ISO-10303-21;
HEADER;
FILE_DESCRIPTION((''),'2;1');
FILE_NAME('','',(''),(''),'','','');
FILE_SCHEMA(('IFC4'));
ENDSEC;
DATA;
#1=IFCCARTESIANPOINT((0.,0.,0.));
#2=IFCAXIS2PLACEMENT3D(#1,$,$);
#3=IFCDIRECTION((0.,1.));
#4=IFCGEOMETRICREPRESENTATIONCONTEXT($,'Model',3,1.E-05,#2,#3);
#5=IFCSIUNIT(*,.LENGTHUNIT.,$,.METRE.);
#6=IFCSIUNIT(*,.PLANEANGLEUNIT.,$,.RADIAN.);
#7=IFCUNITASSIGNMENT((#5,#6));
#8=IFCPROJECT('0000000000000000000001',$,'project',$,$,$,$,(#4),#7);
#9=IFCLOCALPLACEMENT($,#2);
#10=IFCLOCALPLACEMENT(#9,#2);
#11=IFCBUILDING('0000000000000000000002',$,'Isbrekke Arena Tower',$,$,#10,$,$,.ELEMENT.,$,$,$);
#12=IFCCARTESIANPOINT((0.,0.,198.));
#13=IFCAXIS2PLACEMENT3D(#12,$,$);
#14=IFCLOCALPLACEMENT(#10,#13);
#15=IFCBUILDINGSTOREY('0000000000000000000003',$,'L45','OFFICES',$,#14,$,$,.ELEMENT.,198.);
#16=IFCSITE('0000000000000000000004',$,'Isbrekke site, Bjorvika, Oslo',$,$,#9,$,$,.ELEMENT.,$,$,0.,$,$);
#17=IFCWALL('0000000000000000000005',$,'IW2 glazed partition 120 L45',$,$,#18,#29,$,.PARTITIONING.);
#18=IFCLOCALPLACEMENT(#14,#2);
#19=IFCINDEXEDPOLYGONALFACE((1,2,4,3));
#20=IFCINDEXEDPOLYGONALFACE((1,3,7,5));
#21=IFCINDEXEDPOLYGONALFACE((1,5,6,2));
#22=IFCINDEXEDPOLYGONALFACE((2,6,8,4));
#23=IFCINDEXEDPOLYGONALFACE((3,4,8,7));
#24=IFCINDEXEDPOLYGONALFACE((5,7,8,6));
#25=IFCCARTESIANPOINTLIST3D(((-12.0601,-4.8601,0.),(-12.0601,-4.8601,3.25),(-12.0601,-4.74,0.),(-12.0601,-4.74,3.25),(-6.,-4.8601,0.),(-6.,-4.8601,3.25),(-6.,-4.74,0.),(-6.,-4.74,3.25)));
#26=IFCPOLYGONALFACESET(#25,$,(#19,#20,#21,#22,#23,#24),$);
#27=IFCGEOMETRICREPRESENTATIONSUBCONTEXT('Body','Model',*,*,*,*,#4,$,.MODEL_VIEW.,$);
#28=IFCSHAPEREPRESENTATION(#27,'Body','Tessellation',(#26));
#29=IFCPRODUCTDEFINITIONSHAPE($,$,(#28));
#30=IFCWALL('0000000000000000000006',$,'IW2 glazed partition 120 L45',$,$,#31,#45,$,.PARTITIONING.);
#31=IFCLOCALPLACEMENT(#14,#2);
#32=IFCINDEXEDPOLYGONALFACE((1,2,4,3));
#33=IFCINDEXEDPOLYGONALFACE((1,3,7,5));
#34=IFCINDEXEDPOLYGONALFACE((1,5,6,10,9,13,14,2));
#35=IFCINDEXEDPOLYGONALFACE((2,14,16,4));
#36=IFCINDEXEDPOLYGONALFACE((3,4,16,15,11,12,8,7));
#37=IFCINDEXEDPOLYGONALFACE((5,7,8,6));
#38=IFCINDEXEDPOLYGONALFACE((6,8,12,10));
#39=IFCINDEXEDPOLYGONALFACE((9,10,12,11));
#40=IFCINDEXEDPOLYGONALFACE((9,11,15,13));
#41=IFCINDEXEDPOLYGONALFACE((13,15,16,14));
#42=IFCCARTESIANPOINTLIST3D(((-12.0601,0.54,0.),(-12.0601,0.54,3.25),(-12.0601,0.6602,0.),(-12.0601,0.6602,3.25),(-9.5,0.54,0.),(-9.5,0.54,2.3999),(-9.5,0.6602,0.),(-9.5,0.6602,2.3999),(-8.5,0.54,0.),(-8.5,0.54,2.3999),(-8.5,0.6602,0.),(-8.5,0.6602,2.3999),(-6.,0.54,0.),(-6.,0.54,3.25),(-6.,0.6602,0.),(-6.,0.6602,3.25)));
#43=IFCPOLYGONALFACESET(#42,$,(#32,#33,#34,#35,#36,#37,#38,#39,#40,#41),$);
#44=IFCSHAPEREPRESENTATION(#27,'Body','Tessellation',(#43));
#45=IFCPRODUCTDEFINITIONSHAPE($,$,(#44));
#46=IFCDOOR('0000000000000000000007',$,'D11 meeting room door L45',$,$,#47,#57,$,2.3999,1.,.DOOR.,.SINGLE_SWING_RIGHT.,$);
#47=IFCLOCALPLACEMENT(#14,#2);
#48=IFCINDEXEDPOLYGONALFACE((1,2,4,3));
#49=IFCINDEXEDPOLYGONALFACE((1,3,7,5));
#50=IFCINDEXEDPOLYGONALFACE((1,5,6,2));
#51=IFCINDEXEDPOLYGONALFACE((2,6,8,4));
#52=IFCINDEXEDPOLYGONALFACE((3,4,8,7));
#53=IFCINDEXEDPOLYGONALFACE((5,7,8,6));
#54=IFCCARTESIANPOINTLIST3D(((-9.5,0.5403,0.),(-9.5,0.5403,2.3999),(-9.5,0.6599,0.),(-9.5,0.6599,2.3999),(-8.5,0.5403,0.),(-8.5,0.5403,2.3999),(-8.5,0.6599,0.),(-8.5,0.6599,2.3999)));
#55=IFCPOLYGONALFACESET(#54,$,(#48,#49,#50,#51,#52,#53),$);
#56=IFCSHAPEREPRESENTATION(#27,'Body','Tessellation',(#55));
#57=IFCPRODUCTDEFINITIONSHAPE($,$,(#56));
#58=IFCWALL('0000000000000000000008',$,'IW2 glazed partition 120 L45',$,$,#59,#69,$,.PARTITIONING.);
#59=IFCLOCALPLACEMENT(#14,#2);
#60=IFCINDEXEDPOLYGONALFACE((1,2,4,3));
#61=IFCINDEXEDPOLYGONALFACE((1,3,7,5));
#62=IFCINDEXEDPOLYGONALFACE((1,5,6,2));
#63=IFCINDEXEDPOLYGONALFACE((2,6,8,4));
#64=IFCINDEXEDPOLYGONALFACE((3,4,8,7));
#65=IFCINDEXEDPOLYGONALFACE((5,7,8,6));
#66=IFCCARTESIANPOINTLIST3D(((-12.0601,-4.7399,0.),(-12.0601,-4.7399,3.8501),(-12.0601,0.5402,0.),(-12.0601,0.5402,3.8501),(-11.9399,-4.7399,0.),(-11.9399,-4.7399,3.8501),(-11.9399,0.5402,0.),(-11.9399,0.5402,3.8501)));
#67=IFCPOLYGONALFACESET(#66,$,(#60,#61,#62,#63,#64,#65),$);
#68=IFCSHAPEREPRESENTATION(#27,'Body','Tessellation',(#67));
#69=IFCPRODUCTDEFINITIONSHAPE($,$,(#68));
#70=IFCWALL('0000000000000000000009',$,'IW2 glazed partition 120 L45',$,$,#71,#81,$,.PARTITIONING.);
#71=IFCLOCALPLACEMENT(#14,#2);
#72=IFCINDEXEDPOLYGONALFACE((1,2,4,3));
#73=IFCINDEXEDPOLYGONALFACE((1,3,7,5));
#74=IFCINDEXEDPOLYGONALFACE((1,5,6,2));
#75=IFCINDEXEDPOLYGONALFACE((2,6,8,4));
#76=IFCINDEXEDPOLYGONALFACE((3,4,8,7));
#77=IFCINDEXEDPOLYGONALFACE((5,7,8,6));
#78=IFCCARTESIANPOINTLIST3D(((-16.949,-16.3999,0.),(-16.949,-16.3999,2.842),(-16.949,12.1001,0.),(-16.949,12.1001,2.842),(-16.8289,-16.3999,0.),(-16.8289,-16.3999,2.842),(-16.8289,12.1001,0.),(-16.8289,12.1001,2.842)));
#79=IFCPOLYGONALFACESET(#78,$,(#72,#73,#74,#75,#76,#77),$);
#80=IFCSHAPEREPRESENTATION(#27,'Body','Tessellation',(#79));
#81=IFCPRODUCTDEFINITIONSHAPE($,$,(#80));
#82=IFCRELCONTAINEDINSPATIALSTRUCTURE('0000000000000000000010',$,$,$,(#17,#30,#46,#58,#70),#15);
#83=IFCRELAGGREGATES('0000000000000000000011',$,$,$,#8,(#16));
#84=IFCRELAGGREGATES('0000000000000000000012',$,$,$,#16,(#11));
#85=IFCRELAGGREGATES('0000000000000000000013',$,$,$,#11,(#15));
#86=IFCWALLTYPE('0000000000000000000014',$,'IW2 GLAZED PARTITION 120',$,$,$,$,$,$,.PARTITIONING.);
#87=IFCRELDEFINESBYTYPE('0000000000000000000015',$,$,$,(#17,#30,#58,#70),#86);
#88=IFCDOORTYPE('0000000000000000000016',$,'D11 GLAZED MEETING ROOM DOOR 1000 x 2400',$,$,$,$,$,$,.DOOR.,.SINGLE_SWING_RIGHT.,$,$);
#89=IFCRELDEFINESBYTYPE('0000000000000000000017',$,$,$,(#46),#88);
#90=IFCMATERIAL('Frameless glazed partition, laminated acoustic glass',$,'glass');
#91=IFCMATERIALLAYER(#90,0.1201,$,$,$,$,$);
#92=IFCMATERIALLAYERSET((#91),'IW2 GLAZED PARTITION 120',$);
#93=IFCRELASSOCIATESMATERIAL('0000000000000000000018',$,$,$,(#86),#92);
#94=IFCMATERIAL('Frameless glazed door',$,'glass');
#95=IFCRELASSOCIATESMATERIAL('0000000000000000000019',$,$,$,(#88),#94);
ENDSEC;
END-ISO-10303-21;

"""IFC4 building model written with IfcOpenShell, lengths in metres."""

from ifc_helpers import new_model, si_unit, direction, frame, frame_2d, origin, place, context, subcontext, project, spatial, rectangle, extrude, material, layer, layer_set, type_object, element, fill, save


model = new_model("IFC4")

# Units and contexts
model_context = context("Model", 3, precision=1e-05, world=origin(), true_north=direction((0.0, 1.0)))
body_context = subcontext(model_context, "Body", "Model", "MODEL_VIEW")
ifc_project = project(units=[si_unit("LENGTHUNIT", "METRE"), si_unit("PLANEANGLEUNIT", "RADIAN")], contexts=[model_context])

# Site, building, storey
site_placement = place(None, origin())
site = spatial("IfcSite", under=ifc_project, at=site_placement, Name="Isbrekke site, Bjorvika, Oslo", CompositionType="ELEMENT", RefElevation=0.0)
building_placement = place(site_placement, origin())
building = spatial("IfcBuilding", under=site, at=building_placement, Name="Isbrekke Arena Tower", CompositionType="ELEMENT")
storey_placement = place(building_placement, frame((0.0, 0.0, 198.0)))
storey = spatial("IfcBuildingStorey", under=building, at=storey_placement, Name="L45", Description="OFFICES", CompositionType="ELEMENT", Elevation=198.0)

# Wall
ifc_material_1 = material(Name="Frameless glazed partition, laminated acoustic glass", Category="glass")
ifc_layer_1 = layer(ifc_material_1, 0.1201)
ifc_layer_set_1 = layer_set([ifc_layer_1], Name="IW2 GLAZED PARTITION 120")
wall_type = type_object("IfcWallType", Name="IW2 GLAZED PARTITION 120", PredefinedType="PARTITIONING", material=ifc_layer_set_1)
wall_1_placement = place(storey_placement, frame((-12.0601, -4.8, 0.0), z_axis=(0.0, 0.0, 1.0), x_axis=(1.0, 0.0, 0.0)))
element("IfcWall", 1, at=wall_1_placement, inside=storey, type_object=wall_type, Name="IW2 glazed partition 120 L45", PredefinedType="PARTITIONING", context=body_context, shape_type="SweptSolid", body=[
    extrude(rectangle(XDim=6.0601, YDim=0.1201, at=frame_2d((3.03, 0.0))), origin(), (0.0, 0.0, 1.0), 3.25),
])

# Wall, opening, door
wall_2_placement = place(storey_placement, frame((-12.0601, 0.6001, 0.0), z_axis=(0.0, 0.0, 1.0), x_axis=(1.0, 0.0, 0.0)))
wall_2 = element("IfcWall", 2, at=wall_2_placement, inside=storey, type_object=wall_type, Name="IW2 glazed partition 120 L45", PredefinedType="PARTITIONING", context=body_context, shape_type="SweptSolid", body=[
    extrude(rectangle(XDim=6.0601, YDim=0.1201, at=frame_2d((3.03, 0.0))), origin(), (0.0, 0.0, 1.0), 3.25),
])
opening_placement = place(wall_2_placement, frame((2.5601, 0.0, 0.0)))
opening = element("IfcOpeningElement", 3, at=opening_placement, cuts=wall_2, PredefinedType="OPENING", context=body_context, shape_type="SweptSolid", body=[
    extrude(rectangle(XDim=1.0, YDim=2.3999, at=frame_2d((0.5, 1.2))), frame((0.0, 0.075, 0.0), z_axis=(0.0, -1.0, 0.0), x_axis=(1.0, 0.0, 0.0)), (0.0, 0.0, 1.0), 0.1499),
])
ifc_material_2 = material(Name="Frameless glazed door", Category="glass")
door_type = type_object("IfcDoorType", Name="D11 GLAZED MEETING ROOM DOOR 1000 x 2400", OperationType="SINGLE_SWING_RIGHT", PredefinedType="DOOR", material=ifc_material_2)
door_placement = place(opening_placement, origin())
door = element("IfcDoor", 4, at=door_placement, inside=storey, type_object=door_type, Name="D11 meeting room door L45", OperationType="SINGLE_SWING_RIGHT", OverallHeight=2.3999, OverallWidth=1.0, PredefinedType="DOOR", context=body_context, shape_type="SweptSolid", body=[
    extrude(rectangle(XDim=1.0, YDim=2.3999, at=frame_2d((0.5, 1.2))), frame((0.0, 0.0598, 0.0), z_axis=(0.0, -1.0, 0.0), x_axis=(1.0, 0.0, 0.0)), (0.0, 0.0, 1.0), 0.1196),
])
fill(opening, door)

# Walls
wall_3_placement = place(storey_placement, frame((-12.0, -4.74, 0.0), z_axis=(0.0, 0.0, 1.0), x_axis=(0.0, 1.0, 0.0)))
element("IfcWall", 5, at=wall_3_placement, inside=storey, type_object=wall_type, Name="IW2 glazed partition 120 L45", PredefinedType="PARTITIONING", context=body_context, shape_type="SweptSolid", body=[
    extrude(rectangle(XDim=5.28, YDim=0.1201, at=frame_2d((2.6401, 0.0))), origin(), (0.0, 0.0, 1.0), 3.8501),
])
wall_4_placement = place(storey_placement, frame((-16.8889, -16.3999, 0.0), z_axis=(0.0, 0.0, 1.0), x_axis=(0.0, 1.0, 0.0)))
element("IfcWall", 6, at=wall_4_placement, inside=storey, type_object=wall_type, Name="IW2 glazed partition 120 L45", PredefinedType="PARTITIONING", context=body_context, shape_type="SweptSolid", body=[
    extrude(rectangle(XDim=28.5, YDim=0.1201, at=frame_2d((14.25, 0.0))), origin(), (0.0, 0.0, 1.0), 2.842),
])

save(model, "model.ifc")
